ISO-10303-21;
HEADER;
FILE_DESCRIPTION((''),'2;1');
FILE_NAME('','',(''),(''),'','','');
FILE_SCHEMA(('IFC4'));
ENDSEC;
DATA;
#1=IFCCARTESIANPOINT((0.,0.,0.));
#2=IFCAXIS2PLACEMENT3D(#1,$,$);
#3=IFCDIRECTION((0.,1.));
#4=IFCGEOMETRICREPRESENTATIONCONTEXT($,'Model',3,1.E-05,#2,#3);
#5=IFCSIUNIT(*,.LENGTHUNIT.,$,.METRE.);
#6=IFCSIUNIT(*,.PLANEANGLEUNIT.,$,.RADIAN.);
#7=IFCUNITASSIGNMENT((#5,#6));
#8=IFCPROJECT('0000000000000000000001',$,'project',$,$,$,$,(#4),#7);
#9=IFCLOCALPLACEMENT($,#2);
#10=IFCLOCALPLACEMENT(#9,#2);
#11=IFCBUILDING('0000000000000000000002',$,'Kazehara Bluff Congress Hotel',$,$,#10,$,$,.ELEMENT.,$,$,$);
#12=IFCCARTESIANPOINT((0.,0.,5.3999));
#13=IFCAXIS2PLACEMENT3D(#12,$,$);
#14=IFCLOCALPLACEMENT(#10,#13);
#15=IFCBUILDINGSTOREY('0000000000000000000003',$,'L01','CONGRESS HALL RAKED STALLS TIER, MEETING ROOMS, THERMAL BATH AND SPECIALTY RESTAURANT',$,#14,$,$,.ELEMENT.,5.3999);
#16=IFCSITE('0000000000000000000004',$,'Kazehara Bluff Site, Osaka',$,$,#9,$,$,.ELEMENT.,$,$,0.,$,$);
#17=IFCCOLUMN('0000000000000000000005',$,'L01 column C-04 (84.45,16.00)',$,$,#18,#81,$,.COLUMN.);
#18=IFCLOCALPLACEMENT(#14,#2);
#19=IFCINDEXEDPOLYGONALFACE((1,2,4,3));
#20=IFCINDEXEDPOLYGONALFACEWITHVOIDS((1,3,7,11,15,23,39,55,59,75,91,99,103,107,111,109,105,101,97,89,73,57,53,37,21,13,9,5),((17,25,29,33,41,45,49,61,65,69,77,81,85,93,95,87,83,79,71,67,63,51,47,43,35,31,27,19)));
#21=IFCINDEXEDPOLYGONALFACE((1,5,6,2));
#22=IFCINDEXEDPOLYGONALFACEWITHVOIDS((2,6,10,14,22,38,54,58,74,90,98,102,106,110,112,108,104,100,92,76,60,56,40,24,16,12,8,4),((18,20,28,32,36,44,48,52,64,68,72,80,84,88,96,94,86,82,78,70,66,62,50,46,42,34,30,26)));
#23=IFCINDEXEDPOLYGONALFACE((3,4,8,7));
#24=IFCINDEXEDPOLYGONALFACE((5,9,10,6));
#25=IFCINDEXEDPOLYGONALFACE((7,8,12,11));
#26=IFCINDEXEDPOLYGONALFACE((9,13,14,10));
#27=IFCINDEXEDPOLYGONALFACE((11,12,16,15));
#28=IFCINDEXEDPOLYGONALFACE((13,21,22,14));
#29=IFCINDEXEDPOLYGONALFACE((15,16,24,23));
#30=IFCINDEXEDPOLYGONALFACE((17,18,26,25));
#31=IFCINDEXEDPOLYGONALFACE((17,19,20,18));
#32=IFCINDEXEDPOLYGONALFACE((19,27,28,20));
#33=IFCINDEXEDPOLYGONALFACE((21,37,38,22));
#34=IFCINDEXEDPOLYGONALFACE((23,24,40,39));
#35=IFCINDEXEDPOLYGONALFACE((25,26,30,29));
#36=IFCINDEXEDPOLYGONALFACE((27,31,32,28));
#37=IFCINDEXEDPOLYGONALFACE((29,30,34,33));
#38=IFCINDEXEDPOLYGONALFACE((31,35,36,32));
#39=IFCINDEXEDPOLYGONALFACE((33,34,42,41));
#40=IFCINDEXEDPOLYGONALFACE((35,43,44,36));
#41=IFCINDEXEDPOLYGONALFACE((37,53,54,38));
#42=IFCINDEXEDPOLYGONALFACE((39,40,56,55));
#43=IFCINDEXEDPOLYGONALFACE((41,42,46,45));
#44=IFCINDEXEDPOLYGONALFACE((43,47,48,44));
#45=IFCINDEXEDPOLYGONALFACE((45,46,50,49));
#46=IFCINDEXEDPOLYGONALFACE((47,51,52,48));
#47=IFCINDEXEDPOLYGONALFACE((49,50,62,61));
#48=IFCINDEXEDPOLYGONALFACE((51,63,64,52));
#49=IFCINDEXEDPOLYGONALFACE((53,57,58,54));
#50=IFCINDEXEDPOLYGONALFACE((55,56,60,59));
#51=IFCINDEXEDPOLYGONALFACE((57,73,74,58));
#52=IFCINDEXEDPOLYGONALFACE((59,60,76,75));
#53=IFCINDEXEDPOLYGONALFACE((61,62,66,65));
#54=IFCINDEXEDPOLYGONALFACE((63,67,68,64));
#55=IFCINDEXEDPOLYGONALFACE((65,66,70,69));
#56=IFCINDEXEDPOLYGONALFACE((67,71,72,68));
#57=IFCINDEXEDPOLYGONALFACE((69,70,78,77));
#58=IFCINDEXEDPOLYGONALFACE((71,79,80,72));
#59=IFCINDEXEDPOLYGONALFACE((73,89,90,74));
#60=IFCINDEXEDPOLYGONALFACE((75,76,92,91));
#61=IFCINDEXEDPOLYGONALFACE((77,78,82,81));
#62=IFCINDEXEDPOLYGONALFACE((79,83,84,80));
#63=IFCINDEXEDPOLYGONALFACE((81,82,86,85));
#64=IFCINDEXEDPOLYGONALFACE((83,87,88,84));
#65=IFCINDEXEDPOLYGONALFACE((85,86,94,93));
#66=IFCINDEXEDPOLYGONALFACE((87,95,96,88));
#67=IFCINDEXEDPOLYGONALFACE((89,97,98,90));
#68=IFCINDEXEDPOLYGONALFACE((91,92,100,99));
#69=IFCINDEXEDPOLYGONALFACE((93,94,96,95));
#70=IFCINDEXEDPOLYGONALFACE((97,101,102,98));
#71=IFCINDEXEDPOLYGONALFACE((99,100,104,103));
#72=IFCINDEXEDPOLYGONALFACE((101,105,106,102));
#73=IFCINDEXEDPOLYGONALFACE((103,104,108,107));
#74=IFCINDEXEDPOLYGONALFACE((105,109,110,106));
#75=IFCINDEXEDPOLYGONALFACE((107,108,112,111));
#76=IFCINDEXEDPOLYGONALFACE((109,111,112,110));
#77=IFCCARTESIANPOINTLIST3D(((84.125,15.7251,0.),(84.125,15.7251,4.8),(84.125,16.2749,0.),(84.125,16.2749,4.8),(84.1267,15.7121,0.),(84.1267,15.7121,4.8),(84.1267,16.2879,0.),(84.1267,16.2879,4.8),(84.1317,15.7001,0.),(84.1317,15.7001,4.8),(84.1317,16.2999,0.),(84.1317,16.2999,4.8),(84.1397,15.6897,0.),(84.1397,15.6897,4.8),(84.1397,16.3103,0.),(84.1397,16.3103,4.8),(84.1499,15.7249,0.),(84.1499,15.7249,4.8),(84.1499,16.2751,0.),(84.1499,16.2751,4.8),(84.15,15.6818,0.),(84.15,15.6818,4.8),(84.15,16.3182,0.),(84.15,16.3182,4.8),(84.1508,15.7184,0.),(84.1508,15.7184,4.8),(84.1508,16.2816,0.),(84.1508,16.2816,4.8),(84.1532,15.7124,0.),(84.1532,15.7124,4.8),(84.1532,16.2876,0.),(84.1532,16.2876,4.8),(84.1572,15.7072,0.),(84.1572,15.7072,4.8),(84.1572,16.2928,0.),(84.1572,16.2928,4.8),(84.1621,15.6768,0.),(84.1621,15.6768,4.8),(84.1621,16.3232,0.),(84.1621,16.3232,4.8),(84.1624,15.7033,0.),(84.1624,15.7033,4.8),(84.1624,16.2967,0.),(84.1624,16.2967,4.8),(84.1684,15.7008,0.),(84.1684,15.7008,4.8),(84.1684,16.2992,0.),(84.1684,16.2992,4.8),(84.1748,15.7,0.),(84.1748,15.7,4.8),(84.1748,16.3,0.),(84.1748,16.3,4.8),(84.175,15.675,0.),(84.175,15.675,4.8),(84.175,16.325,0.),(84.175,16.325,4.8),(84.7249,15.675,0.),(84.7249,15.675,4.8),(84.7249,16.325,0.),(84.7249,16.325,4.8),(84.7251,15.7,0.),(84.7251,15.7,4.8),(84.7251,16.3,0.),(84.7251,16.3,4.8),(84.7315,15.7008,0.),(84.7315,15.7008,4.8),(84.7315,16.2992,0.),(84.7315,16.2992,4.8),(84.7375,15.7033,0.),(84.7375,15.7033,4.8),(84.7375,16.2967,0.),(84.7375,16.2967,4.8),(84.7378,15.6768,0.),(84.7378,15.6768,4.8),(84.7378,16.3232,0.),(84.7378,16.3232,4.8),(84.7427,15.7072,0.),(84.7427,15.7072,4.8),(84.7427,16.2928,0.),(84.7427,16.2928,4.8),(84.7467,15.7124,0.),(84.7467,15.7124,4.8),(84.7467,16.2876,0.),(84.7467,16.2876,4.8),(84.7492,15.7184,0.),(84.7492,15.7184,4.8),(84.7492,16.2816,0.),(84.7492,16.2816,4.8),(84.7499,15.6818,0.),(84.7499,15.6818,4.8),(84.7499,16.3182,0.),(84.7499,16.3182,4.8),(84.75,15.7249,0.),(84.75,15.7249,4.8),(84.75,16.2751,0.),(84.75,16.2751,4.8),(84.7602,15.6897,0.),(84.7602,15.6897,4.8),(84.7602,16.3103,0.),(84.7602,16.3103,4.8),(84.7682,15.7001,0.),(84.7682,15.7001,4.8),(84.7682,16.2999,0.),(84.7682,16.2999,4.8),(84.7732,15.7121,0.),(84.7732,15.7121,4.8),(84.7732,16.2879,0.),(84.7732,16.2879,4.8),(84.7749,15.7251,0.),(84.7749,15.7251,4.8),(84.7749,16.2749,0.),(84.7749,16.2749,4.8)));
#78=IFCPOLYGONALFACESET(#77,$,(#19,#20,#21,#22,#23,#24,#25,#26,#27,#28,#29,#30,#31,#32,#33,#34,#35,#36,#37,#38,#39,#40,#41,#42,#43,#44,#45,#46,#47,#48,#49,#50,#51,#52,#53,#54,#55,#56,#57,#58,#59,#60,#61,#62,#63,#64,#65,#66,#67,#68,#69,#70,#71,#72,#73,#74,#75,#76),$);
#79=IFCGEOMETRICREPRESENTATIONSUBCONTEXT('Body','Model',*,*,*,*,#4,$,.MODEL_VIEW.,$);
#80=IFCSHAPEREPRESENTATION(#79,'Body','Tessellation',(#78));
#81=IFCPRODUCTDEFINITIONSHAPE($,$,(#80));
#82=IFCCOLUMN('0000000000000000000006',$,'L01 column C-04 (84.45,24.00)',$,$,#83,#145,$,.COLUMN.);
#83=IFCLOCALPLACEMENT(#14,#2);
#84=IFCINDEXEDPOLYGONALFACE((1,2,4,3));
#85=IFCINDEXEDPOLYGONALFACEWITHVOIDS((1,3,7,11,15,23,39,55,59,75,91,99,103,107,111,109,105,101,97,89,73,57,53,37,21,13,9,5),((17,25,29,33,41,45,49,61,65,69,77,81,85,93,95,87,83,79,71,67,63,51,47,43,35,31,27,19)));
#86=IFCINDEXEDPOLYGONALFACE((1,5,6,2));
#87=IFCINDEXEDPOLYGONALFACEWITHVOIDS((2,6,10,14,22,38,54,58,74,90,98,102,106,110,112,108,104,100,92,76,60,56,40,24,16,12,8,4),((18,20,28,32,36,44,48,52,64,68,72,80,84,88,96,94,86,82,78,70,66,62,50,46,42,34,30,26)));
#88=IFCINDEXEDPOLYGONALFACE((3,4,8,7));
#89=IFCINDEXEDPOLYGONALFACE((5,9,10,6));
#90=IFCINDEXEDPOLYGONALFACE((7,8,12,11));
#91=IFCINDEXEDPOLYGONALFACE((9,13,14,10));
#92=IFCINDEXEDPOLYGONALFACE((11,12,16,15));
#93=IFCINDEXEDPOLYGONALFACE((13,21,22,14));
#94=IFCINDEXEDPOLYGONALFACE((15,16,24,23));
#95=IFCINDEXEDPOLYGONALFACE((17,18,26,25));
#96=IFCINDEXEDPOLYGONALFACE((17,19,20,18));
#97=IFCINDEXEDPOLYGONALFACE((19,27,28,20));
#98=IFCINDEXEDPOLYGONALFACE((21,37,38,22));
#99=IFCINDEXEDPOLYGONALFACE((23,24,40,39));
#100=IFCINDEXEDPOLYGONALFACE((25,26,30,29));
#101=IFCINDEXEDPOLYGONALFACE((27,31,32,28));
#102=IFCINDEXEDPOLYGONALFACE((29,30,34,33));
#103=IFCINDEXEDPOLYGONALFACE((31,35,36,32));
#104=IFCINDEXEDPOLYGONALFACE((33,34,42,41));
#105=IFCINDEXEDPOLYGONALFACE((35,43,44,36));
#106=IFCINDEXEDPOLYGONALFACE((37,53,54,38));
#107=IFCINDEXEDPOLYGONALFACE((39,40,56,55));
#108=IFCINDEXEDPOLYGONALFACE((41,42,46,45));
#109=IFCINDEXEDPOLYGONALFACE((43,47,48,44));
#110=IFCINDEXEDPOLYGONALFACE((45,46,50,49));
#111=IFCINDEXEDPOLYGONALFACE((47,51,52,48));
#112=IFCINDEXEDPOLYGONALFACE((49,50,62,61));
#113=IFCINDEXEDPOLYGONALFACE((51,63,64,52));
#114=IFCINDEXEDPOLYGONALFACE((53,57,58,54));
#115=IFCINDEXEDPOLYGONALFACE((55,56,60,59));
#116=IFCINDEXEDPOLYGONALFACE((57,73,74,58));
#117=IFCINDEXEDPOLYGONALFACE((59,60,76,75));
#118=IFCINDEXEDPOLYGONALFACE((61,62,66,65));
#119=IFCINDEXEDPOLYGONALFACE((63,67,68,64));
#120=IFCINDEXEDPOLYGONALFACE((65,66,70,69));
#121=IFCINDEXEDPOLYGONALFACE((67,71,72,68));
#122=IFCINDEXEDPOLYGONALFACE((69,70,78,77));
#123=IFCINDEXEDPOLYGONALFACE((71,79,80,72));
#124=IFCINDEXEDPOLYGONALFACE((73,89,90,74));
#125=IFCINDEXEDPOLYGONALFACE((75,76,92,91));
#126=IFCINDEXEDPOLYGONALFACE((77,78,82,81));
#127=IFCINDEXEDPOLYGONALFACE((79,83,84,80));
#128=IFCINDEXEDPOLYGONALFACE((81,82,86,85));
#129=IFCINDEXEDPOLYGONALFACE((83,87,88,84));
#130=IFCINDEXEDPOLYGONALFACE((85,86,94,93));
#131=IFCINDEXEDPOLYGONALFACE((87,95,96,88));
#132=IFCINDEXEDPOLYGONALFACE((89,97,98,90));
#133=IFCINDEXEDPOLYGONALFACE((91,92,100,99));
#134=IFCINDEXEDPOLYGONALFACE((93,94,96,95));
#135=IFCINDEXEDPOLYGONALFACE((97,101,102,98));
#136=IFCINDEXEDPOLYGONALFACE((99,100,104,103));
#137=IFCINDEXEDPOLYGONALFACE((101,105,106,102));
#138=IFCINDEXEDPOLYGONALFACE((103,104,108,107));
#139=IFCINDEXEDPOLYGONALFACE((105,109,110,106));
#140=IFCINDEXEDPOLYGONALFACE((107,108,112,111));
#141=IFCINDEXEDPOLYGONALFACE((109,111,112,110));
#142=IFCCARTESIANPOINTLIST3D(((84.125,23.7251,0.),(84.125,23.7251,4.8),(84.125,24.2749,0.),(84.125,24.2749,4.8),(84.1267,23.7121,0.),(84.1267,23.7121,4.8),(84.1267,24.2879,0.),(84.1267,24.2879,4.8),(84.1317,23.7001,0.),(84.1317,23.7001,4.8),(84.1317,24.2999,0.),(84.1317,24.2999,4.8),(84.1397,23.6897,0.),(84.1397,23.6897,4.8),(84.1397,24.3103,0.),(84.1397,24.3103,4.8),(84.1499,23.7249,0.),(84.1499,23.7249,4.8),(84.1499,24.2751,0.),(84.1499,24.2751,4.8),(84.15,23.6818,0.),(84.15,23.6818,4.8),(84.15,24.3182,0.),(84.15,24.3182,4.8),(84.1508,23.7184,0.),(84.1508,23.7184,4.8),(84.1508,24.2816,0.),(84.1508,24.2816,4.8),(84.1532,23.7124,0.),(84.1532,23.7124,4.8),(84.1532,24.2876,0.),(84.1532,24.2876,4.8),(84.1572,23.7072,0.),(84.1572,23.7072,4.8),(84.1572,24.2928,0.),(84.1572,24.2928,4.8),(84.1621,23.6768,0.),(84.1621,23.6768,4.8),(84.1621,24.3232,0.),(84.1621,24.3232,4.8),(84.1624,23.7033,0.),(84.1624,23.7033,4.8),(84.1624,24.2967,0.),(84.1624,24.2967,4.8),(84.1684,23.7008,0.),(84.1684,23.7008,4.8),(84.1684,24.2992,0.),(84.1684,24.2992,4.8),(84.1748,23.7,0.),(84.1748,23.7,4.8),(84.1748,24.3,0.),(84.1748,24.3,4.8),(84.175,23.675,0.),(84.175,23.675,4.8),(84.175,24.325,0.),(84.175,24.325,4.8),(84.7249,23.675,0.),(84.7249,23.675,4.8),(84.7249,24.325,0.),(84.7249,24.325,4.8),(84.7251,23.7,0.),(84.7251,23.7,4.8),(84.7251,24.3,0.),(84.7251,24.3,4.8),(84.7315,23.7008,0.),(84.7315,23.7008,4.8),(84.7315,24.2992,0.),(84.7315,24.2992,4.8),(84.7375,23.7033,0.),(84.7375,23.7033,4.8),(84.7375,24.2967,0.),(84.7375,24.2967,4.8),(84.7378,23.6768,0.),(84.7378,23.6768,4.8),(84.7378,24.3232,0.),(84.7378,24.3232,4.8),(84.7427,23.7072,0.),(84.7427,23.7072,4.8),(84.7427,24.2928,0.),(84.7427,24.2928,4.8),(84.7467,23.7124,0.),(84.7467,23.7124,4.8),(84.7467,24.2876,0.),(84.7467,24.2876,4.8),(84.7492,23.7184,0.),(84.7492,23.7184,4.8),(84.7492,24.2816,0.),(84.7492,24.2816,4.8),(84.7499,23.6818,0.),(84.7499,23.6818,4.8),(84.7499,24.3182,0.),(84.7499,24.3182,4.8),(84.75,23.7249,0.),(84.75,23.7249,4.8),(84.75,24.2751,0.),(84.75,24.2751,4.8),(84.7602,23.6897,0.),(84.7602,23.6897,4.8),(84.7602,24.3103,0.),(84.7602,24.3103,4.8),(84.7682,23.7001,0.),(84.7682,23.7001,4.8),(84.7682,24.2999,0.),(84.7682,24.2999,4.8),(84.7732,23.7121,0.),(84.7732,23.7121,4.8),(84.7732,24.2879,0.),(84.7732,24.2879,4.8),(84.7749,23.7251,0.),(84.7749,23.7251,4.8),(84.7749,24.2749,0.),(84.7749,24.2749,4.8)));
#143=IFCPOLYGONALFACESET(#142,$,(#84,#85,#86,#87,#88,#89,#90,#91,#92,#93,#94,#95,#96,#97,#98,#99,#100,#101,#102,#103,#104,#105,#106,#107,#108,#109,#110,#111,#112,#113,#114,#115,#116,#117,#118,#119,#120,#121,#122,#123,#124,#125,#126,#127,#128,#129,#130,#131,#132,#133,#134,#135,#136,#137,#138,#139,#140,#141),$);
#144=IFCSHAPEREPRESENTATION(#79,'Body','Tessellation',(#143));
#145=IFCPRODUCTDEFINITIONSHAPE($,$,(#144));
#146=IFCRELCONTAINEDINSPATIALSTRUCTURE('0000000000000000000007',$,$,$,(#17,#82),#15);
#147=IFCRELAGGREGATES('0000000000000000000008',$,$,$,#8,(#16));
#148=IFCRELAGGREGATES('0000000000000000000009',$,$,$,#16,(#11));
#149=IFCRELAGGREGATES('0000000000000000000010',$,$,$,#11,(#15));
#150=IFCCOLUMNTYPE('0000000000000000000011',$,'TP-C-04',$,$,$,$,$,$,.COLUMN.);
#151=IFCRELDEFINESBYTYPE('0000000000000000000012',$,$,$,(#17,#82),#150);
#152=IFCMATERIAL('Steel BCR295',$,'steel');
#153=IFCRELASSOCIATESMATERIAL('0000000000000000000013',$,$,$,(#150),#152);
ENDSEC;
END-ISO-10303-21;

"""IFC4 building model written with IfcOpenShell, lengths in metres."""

from ifc_helpers import new_model, si_unit, direction, frame, origin, origin_2d, place, context, subcontext, project, spatial, hollow_rectangle, extrude, material, material_profile, profile_set, type_object, element, save


model = new_model("IFC4")

# Units and contexts
model_context = context("Model", 3, precision=1e-05, world=origin(), true_north=direction((0.0, 1.0)))
body_context = subcontext(model_context, "Body", "Model", "MODEL_VIEW")
ifc_project = project(units=[si_unit("LENGTHUNIT", "METRE"), si_unit("PLANEANGLEUNIT", "RADIAN")], contexts=[model_context])

# Site, building, storey
site_placement = place(None, origin())
site = spatial("IfcSite", under=ifc_project, at=site_placement, Name="Kazehara Bluff Site, Osaka", CompositionType="ELEMENT", RefElevation=0.0)
building_placement = place(site_placement, origin())
building = spatial("IfcBuilding", under=site, at=building_placement, Name="Kazehara Bluff Congress Hotel", CompositionType="ELEMENT")
storey_placement = place(building_placement, frame((0.0, 0.0, 5.3999)))
storey = spatial("IfcBuildingStorey", under=building, at=storey_placement, Name="L01", Description="CONGRESS HALL RAKED STALLS TIER, MEETING ROOMS, THERMAL BATH AND SPECIALTY RESTAURANT", CompositionType="ELEMENT", Elevation=5.3999)

# Columns
ifc_material_1 = material(Name="Steel BCR295", Category="steel")
ifc_material_profile_1 = material_profile(ifc_material_1, hollow_rectangle(XDim=0.6499, YDim=0.6499, WallThickness=0.0249, InnerFilletRadius=0.0249, OuterFilletRadius=0.05, at=origin_2d()))
ifc_profile_set_1 = profile_set([ifc_material_profile_1], Name="Steel BCR295")
column_type = type_object("IfcColumnType", Name="TP-C-04", PredefinedType="COLUMN", material=ifc_profile_set_1)
for number, where, z_axis, x_axis, name in (
    (1, (84.45, 16.0, 0.0), (0.0, 0.0, 1.0), (1.0, 0.0, 0.0), "L01 column C-04 (84.45,16.00)"),
    (2, (84.45, 24.0, 0.0), (0.0, 0.0, 1.0), (1.0, 0.0, 0.0), "L01 column C-04 (84.45,24.00)"),
):
    element("IfcColumn", number, at=place(storey_placement, frame(where, z_axis=z_axis, x_axis=x_axis)), inside=storey, type_object=column_type, Name=name, PredefinedType="COLUMN", context=body_context, shape_type="SweptSolid", body=[
        extrude(hollow_rectangle(XDim=0.6499, YDim=0.6499, WallThickness=0.0249, InnerFilletRadius=0.0249, OuterFilletRadius=0.05, at=origin_2d()), origin(), (0.0, 0.0, 1.0), 4.8),
    ])

save(model, "model.ifc")
